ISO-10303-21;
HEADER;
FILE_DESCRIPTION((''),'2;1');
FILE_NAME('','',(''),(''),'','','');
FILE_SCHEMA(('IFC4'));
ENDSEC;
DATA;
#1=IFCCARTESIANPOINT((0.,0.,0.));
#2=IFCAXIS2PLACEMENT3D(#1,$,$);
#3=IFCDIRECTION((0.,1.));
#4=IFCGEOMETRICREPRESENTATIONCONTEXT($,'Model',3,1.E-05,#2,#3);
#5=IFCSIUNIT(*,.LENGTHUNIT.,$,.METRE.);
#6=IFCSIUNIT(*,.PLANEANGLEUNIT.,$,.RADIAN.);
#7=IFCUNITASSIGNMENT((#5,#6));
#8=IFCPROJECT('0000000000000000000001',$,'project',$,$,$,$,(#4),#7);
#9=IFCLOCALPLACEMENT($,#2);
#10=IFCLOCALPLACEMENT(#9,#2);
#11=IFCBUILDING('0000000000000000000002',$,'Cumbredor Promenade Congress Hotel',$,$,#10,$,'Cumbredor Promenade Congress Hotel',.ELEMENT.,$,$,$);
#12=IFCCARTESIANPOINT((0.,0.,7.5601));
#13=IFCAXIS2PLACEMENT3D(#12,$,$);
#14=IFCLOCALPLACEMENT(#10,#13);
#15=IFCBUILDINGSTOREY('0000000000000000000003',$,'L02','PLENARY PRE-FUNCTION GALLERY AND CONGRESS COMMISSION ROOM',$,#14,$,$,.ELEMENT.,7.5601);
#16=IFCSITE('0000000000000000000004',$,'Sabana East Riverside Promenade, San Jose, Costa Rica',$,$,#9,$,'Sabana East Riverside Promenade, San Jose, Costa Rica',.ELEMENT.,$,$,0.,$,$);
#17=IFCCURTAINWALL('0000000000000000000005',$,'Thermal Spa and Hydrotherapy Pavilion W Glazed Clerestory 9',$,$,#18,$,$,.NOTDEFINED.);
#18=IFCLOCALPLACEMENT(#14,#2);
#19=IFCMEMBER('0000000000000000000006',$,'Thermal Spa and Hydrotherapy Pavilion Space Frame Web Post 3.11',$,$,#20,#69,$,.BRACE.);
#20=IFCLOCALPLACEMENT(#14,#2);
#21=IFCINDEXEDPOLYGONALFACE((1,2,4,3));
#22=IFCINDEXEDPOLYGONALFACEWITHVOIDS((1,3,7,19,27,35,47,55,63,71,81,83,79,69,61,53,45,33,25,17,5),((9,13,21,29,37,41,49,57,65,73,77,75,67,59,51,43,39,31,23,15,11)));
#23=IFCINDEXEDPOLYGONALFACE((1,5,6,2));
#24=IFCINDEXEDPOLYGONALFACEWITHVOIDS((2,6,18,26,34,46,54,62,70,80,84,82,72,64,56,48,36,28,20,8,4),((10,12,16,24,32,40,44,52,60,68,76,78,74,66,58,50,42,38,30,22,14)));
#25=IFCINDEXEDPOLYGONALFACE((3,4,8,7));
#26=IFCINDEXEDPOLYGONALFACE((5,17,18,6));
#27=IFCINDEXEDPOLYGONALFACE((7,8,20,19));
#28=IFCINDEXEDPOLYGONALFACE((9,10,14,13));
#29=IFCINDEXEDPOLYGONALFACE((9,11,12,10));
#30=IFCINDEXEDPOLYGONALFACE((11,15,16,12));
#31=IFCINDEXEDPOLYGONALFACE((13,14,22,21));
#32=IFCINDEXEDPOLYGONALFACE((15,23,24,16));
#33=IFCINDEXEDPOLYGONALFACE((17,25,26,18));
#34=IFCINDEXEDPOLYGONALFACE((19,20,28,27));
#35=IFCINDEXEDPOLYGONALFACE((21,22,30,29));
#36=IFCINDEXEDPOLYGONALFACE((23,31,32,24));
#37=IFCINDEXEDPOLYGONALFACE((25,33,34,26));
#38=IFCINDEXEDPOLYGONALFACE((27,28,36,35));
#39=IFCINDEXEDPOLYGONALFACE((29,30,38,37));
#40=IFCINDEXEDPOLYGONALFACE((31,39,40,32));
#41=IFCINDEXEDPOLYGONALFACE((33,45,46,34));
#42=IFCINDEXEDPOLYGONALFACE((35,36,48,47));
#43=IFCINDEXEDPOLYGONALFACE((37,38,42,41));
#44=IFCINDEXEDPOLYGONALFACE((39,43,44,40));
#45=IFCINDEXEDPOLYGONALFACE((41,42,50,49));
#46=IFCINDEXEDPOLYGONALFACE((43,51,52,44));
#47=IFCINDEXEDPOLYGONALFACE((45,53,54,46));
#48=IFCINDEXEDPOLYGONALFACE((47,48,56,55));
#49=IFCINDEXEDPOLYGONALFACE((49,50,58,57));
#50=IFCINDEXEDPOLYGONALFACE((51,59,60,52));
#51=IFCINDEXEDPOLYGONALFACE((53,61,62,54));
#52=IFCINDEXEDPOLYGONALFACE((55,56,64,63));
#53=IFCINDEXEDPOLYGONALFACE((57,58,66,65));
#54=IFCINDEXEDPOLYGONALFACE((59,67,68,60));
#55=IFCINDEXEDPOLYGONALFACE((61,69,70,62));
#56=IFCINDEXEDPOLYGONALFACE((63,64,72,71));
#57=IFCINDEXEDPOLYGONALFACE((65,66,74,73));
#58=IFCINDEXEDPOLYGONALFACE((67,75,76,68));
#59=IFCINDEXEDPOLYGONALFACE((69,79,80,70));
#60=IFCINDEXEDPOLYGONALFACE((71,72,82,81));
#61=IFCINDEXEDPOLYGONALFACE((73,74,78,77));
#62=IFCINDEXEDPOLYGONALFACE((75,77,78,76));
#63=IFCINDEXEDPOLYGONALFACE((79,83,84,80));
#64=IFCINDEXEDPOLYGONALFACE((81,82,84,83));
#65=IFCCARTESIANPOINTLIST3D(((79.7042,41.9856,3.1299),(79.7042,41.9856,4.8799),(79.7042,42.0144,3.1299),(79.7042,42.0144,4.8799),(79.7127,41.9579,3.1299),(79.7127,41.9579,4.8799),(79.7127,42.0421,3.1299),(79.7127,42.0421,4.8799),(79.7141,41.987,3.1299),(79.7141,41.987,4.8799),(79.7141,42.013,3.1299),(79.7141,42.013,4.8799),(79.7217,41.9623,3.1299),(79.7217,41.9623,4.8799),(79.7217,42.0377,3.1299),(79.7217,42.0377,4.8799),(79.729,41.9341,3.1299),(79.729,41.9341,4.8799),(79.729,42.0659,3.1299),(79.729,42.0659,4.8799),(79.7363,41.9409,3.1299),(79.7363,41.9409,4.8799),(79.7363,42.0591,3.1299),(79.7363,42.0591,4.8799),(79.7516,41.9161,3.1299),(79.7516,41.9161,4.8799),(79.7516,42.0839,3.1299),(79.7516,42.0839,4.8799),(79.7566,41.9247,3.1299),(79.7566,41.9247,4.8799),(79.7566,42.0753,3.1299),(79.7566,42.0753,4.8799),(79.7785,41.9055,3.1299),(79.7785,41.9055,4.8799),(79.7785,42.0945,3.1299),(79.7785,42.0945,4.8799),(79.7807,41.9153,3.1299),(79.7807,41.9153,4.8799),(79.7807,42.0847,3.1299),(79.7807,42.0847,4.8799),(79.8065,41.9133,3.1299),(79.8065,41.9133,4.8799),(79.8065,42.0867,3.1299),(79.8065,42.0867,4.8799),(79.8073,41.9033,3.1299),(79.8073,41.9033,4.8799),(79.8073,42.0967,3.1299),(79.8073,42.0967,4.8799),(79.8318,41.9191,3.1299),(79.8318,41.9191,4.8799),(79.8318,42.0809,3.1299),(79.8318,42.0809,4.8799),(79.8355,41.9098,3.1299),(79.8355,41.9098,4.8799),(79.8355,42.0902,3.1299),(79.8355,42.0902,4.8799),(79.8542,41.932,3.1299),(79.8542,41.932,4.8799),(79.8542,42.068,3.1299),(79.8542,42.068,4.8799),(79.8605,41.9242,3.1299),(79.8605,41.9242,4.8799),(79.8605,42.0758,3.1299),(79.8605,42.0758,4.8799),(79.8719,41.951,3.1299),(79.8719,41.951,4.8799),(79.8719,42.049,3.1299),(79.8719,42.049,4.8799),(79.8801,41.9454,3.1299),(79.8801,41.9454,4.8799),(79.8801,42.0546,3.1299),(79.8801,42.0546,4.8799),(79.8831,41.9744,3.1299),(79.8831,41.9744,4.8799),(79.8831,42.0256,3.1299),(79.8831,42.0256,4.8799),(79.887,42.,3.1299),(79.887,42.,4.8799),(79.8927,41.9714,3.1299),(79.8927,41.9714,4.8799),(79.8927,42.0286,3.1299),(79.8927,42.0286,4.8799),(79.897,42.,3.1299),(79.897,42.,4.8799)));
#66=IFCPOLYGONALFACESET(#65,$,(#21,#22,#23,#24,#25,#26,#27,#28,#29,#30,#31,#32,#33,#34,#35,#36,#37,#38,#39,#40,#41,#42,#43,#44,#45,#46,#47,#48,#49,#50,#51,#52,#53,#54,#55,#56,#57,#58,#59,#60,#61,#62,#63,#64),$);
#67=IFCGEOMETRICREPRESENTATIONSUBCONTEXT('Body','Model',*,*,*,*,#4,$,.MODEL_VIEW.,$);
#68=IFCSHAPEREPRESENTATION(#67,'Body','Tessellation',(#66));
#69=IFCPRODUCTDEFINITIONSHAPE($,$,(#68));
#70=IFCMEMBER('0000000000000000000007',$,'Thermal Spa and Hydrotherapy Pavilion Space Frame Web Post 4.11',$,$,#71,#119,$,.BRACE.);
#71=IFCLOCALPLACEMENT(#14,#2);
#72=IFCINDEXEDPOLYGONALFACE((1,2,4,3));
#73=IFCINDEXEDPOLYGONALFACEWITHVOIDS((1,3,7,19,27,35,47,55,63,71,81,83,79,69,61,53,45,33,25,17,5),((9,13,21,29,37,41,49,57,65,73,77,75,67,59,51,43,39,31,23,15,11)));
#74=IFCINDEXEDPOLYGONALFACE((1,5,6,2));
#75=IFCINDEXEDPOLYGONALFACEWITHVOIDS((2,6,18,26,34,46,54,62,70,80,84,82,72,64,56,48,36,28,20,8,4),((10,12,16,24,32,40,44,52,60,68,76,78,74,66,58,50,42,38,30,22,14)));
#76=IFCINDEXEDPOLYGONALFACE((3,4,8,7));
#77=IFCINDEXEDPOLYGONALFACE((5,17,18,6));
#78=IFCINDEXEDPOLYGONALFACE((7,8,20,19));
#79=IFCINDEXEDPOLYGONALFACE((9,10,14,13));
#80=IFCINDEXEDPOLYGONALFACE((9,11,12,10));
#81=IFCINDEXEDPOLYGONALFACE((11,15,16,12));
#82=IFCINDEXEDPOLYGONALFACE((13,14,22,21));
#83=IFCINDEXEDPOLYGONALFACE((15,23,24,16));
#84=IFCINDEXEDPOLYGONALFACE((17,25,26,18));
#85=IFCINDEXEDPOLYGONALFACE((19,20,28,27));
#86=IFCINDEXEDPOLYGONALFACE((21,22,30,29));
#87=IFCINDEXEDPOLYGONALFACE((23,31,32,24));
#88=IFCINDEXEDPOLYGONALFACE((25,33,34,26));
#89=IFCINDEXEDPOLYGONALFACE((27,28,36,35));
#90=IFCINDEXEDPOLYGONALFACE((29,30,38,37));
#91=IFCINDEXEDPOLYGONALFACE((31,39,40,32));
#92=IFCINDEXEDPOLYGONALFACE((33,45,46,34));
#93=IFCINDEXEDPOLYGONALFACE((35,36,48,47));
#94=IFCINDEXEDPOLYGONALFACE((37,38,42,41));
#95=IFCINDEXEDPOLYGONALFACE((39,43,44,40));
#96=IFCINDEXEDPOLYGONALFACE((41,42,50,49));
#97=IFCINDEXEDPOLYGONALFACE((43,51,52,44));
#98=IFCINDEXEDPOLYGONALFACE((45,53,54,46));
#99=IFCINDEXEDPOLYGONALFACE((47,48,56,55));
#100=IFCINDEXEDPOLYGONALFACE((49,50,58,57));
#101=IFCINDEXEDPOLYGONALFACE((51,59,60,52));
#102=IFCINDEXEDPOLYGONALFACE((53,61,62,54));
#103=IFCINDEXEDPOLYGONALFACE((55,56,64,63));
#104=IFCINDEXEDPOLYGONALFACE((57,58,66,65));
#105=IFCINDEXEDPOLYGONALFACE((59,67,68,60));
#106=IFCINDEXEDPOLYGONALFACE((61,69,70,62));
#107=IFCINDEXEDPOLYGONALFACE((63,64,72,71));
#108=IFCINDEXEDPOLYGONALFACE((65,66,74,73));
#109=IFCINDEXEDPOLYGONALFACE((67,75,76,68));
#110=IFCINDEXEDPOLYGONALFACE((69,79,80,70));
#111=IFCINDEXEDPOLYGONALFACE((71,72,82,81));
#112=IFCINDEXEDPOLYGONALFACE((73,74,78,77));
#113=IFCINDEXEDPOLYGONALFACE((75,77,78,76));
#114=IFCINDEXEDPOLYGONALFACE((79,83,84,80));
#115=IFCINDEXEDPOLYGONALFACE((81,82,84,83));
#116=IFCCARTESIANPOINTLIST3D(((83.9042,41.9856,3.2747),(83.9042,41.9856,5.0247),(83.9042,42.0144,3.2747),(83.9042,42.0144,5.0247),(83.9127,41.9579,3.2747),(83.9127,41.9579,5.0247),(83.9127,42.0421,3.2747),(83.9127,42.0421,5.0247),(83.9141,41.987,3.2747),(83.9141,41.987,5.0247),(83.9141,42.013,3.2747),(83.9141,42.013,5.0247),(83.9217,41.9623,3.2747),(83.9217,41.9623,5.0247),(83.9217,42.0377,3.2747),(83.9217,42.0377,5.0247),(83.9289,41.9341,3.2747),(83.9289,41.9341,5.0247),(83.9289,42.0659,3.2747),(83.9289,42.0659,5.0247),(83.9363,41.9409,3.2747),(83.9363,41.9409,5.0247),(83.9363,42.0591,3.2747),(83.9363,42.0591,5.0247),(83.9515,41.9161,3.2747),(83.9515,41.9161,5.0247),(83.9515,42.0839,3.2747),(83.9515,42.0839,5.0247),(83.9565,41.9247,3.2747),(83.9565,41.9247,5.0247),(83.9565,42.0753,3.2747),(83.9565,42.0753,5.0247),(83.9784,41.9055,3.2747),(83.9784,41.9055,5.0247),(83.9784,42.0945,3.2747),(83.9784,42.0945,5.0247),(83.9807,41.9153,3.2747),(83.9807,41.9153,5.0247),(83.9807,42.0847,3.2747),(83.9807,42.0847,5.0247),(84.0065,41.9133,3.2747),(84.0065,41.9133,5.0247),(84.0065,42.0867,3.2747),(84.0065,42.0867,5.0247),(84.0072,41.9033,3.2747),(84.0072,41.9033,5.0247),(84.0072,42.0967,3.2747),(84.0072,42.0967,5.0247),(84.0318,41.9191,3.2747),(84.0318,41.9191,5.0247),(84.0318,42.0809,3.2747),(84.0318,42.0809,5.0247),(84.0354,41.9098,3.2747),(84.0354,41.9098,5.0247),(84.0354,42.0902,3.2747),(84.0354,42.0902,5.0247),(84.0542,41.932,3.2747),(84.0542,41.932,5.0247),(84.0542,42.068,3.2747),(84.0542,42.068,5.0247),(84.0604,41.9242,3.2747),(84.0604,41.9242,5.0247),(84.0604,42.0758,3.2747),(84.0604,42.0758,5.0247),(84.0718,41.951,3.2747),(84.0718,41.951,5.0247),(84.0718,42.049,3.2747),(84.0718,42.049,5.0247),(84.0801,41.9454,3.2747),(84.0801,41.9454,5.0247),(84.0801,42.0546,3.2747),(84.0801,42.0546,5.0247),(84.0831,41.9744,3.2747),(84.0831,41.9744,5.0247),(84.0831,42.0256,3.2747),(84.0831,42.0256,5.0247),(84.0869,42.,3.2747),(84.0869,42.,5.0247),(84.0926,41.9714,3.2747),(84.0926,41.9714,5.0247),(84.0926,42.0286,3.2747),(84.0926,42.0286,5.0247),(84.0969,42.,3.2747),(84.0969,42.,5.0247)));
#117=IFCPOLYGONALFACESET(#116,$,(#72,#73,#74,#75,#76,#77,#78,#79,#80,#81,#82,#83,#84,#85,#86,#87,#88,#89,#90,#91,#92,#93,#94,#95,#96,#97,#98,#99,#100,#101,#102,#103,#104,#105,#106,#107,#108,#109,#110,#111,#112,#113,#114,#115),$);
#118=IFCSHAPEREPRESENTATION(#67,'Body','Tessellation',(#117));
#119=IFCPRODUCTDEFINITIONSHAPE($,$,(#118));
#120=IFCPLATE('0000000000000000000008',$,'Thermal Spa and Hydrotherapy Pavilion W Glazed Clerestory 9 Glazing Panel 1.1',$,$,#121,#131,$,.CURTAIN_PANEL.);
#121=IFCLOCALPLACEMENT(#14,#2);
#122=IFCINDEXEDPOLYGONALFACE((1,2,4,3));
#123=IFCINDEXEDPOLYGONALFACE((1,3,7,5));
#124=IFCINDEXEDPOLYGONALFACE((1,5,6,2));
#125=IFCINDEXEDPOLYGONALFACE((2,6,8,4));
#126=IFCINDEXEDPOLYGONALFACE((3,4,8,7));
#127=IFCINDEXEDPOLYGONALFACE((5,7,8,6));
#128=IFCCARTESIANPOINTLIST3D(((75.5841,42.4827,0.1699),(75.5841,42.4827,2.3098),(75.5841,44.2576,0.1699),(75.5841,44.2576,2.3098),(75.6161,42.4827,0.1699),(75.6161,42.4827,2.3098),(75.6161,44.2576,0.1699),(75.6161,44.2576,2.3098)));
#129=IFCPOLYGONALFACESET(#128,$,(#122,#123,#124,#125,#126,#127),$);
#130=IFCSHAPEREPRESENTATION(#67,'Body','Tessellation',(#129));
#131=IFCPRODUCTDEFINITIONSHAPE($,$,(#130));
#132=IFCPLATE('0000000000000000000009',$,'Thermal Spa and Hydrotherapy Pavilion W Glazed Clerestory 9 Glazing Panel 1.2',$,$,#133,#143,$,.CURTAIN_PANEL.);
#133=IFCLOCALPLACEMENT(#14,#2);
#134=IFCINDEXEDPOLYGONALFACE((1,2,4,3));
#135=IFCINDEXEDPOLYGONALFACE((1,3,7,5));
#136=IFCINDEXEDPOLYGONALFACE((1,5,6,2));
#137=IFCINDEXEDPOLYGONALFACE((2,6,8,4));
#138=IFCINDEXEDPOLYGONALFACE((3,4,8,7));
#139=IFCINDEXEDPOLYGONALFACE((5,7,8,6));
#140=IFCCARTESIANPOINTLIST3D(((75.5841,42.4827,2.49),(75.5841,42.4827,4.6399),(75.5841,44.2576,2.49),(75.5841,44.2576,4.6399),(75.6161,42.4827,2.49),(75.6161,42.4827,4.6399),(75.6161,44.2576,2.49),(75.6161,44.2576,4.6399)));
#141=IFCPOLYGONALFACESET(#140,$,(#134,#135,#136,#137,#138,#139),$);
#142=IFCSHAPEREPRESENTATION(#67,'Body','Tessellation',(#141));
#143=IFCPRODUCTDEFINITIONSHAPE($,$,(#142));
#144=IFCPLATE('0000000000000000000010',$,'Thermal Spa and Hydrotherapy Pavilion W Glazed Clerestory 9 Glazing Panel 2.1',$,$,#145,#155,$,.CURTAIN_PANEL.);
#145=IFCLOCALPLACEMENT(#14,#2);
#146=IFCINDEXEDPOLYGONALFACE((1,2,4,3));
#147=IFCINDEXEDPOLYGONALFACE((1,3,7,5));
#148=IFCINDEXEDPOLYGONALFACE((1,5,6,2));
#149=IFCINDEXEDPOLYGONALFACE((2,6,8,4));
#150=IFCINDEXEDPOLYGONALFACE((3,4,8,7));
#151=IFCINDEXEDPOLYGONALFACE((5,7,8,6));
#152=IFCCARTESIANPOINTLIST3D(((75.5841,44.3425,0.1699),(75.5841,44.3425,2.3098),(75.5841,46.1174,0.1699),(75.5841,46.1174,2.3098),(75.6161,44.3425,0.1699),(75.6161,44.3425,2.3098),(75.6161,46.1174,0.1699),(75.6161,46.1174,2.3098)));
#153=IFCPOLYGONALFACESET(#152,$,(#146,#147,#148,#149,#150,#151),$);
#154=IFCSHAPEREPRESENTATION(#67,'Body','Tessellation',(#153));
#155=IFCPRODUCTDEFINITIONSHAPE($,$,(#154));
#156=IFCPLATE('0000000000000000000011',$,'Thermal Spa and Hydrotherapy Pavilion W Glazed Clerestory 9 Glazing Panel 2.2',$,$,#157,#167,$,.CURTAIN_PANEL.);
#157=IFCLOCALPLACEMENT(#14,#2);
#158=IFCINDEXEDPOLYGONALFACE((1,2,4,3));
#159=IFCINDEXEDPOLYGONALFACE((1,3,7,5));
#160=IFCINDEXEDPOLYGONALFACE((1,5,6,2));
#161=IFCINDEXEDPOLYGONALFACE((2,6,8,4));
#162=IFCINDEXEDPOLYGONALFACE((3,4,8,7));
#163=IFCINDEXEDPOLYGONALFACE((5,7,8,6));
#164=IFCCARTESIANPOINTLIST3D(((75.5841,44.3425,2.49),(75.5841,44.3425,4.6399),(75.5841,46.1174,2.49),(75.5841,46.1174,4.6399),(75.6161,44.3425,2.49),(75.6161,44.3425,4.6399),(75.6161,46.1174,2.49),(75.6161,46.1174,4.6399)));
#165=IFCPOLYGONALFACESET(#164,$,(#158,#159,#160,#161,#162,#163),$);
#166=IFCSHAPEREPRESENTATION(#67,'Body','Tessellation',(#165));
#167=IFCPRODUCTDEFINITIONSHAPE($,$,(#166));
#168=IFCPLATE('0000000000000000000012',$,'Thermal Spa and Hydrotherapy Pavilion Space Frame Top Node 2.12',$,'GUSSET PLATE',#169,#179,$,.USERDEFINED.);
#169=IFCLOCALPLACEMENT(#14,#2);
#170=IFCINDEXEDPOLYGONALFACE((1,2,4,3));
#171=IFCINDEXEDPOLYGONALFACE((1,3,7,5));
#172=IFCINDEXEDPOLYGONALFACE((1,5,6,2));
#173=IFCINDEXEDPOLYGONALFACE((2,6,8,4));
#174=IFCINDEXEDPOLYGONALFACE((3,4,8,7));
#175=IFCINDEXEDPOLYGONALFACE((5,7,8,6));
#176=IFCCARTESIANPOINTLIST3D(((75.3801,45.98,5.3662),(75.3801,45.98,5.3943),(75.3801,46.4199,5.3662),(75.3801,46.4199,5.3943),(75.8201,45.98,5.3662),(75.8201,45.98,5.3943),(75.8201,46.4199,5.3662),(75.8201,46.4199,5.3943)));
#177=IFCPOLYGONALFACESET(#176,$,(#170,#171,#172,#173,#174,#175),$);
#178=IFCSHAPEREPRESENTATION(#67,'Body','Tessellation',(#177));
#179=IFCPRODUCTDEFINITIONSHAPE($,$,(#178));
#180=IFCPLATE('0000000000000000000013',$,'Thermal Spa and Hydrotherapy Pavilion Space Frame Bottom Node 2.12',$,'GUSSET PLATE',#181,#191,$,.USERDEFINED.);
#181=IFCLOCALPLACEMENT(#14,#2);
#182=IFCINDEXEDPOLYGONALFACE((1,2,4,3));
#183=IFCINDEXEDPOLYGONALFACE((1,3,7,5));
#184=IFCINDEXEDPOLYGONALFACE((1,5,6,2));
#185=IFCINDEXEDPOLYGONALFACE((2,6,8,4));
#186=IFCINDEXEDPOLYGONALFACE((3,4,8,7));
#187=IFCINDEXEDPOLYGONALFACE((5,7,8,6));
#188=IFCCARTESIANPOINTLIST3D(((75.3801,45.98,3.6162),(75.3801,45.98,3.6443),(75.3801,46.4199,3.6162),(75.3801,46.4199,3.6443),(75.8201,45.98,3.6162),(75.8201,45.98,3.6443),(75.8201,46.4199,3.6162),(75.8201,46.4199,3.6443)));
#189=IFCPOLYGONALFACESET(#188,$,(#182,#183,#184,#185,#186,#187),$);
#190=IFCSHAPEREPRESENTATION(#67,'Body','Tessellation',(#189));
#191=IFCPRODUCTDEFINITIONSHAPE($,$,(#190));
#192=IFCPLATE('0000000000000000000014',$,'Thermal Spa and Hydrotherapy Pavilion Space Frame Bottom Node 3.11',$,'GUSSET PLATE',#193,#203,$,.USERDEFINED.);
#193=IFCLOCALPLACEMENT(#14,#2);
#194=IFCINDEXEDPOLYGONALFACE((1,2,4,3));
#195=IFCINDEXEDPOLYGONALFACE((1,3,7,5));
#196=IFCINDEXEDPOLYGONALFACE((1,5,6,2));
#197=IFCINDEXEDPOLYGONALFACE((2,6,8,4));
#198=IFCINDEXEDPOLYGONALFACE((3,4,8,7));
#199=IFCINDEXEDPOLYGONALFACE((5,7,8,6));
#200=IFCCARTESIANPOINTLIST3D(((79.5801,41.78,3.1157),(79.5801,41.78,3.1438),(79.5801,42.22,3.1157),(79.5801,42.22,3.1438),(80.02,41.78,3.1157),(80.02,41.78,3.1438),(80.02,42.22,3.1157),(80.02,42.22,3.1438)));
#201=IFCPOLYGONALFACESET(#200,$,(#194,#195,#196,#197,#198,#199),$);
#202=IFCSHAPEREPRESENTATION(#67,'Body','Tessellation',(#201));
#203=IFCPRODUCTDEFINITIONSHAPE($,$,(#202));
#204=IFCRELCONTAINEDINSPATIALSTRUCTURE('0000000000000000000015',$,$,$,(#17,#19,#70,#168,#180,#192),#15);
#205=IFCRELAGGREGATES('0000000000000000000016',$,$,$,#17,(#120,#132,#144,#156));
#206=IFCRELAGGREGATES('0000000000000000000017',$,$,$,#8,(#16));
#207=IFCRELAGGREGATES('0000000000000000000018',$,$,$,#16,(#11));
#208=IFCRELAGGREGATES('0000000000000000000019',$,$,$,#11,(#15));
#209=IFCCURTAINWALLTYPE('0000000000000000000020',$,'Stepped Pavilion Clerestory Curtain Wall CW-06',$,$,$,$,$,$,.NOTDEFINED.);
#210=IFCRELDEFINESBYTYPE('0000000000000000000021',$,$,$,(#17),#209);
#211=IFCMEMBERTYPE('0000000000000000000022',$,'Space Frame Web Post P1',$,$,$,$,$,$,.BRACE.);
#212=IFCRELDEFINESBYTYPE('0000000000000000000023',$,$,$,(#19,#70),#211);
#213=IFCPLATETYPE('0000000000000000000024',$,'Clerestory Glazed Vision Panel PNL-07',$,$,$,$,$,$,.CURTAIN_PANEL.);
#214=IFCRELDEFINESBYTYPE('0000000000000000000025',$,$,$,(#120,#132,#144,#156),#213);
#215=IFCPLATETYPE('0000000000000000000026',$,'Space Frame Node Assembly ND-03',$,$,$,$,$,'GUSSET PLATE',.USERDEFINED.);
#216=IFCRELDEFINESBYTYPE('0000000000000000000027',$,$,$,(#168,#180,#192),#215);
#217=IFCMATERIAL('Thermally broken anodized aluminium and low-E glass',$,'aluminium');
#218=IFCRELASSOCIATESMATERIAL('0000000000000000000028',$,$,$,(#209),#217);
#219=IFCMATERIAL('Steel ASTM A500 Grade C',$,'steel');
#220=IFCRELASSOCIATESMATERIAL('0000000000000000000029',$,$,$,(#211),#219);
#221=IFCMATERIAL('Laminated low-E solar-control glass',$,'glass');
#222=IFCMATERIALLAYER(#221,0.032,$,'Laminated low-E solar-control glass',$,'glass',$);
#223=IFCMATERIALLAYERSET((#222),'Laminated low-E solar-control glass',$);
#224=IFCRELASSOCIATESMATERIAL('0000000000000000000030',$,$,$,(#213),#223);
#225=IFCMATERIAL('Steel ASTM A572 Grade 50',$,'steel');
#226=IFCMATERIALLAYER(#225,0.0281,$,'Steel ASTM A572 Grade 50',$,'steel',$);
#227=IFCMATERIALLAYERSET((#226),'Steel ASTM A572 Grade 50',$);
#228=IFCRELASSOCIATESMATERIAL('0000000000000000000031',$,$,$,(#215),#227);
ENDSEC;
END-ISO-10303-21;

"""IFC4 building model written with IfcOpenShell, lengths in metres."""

from ifc_helpers import new_model, si_unit, direction, frame, origin, origin_2d, place, context, subcontext, project, spatial, rectangle, hollow_circle, extrude, material, layer, layer_set, material_profile, profile_set, type_object, element, aggregate, save


model = new_model("IFC4")

# Units and contexts
model_context = context("Model", 3, precision=1e-05, world=origin(), true_north=direction((0.0, 1.0)))
body_context = subcontext(model_context, "Body", "Model", "MODEL_VIEW")
ifc_project = project(units=[si_unit("LENGTHUNIT", "METRE"), si_unit("PLANEANGLEUNIT", "RADIAN")], contexts=[model_context])

# Site, building, storey
site_placement = place(None, origin())
site = spatial("IfcSite", under=ifc_project, at=site_placement, Name="Sabana East Riverside Promenade, San Jose, Costa Rica", LongName="Sabana East Riverside Promenade, San Jose, Costa Rica", CompositionType="ELEMENT", RefElevation=0.0)
building_placement = place(site_placement, origin())
building = spatial("IfcBuilding", under=site, at=building_placement, Name="Cumbredor Promenade Congress Hotel", LongName="Cumbredor Promenade Congress Hotel", CompositionType="ELEMENT")
storey_placement = place(building_placement, frame((0.0, 0.0, 7.5601)))
storey = spatial("IfcBuildingStorey", under=building, at=storey_placement, Name="L02", Description="PLENARY PRE-FUNCTION GALLERY AND CONGRESS COMMISSION ROOM", CompositionType="ELEMENT", Elevation=7.5601)

# Curtain wall
ifc_material_1 = material(Name="Thermally broken anodized aluminium and low-E glass", Category="aluminium")
curtain_wall_type = type_object("IfcCurtainWallType", Name="Stepped Pavilion Clerestory Curtain Wall CW-06", PredefinedType="NOTDEFINED", material=ifc_material_1)
curtain_wall_placement = place(storey_placement, origin())
curtain_wall = element("IfcCurtainWall", 1, at=curtain_wall_placement, inside=storey, type_object=curtain_wall_type, Name="Thermal Spa and Hydrotherapy Pavilion W Glazed Clerestory 9", PredefinedType="NOTDEFINED")

# Members
ifc_material_2 = material(Name="Steel ASTM A500 Grade C", Category="steel")
ifc_material_profile_1 = material_profile(ifc_material_2, hollow_circle(Radius=0.0969, WallThickness=0.01, at=origin_2d()), Name="CHS 193.7x10")
ifc_profile_set_1 = profile_set([ifc_material_profile_1], Name="Steel ASTM A500 Grade C")
member_type_1 = type_object("IfcMemberType", Name="Space Frame Web Post P1", PredefinedType="BRACE", material=ifc_profile_set_1)
for number, where, z_axis, x_axis, name in (
    (2, (79.8, 42.0, 3.1299), (0.0, 0.0, 1.0), (1.0, 0.0, 0.0), "Thermal Spa and Hydrotherapy Pavilion Space Frame Web Post 3.11"),
    (3, (84.0, 42.0, 3.2747), (0.0, 0.0, 1.0), (1.0, 0.0, 0.0), "Thermal Spa and Hydrotherapy Pavilion Space Frame Web Post 4.11"),
):
    element("IfcMember", number, at=place(storey_placement, frame(where, z_axis=z_axis, x_axis=x_axis)), inside=storey, type_object=member_type_1, Name=name, PredefinedType="BRACE", context=body_context, shape_type="SweptSolid", body=[
        extrude(hollow_circle(Radius=0.0969, WallThickness=0.01, at=origin_2d()), origin(), (0.0, 0.0, 1.0), 1.75),
    ])

# Plates
ifc_material_3 = material(Name="Laminated low-E solar-control glass", Category="glass")
ifc_layer_1 = layer(ifc_material_3, 0.032, Name="Laminated low-E solar-control glass", Category="glass")
ifc_layer_set_1 = layer_set([ifc_layer_1], Name="Laminated low-E solar-control glass")
plate_type_1 = type_object("IfcPlateType", Name="Clerestory Glazed Vision Panel PNL-07", PredefinedType="CURTAIN_PANEL", material=ifc_layer_set_1)
plate_1_placement = place(storey_placement, frame((75.6001, 43.3701, 0.1699), z_axis=(0.0, 0.0, 1.0), x_axis=(0.0, 1.0, 0.0)))
plate_1 = element("IfcPlate", 4, at=plate_1_placement, type_object=plate_type_1, Name="Thermal Spa and Hydrotherapy Pavilion W Glazed Clerestory 9 Glazing Panel 1.1", PredefinedType="CURTAIN_PANEL", context=body_context, shape_type="SweptSolid", body=[
    extrude(rectangle(XDim=1.7749, YDim=0.032, at=origin_2d()), origin(), (0.0, 0.0, 1.0), 2.1399),
])
plate_2_placement = place(storey_placement, frame((75.6001, 43.3701, 2.49), z_axis=(0.0, 0.0, 1.0), x_axis=(0.0, 1.0, 0.0)))
plate_2 = element("IfcPlate", 5, at=plate_2_placement, type_object=plate_type_1, Name="Thermal Spa and Hydrotherapy Pavilion W Glazed Clerestory 9 Glazing Panel 1.2", PredefinedType="CURTAIN_PANEL", context=body_context, shape_type="SweptSolid", body=[
    extrude(rectangle(XDim=1.7749, YDim=0.032, at=origin_2d()), origin(), (0.0, 0.0, 1.0), 2.1499),
])
plate_3_placement = place(storey_placement, frame((75.6001, 45.23, 0.1699), z_axis=(0.0, 0.0, 1.0), x_axis=(0.0, 1.0, 0.0)))
plate_3 = element("IfcPlate", 6, at=plate_3_placement, type_object=plate_type_1, Name="Thermal Spa and Hydrotherapy Pavilion W Glazed Clerestory 9 Glazing Panel 2.1", PredefinedType="CURTAIN_PANEL", context=body_context, shape_type="SweptSolid", body=[
    extrude(rectangle(XDim=1.7749, YDim=0.032, at=origin_2d()), origin(), (0.0, 0.0, 1.0), 2.1399),
])
plate_4_placement = place(storey_placement, frame((75.6001, 45.23, 2.49), z_axis=(0.0, 0.0, 1.0), x_axis=(0.0, 1.0, 0.0)))
plate_4 = element("IfcPlate", 7, at=plate_4_placement, type_object=plate_type_1, Name="Thermal Spa and Hydrotherapy Pavilion W Glazed Clerestory 9 Glazing Panel 2.2", PredefinedType="CURTAIN_PANEL", context=body_context, shape_type="SweptSolid", body=[
    extrude(rectangle(XDim=1.7749, YDim=0.032, at=origin_2d()), origin(), (0.0, 0.0, 1.0), 2.1499),
])
aggregate(curtain_wall, [plate_1, plate_2, plate_3, plate_4])

# Plates
ifc_material_4 = material(Name="Steel ASTM A572 Grade 50", Category="steel")
ifc_layer_2 = layer(ifc_material_4, 0.0281, Name="Steel ASTM A572 Grade 50", Category="steel")
ifc_layer_set_2 = layer_set([ifc_layer_2], Name="Steel ASTM A572 Grade 50")
plate_type_2 = type_object("IfcPlateType", Name="Space Frame Node Assembly ND-03", ElementType="GUSSET PLATE", PredefinedType="USERDEFINED", material=ifc_layer_set_2)
for number, where, z_axis, x_axis, name in (
    (8, (75.6001, 46.2, 5.3662), (0.0, 0.0, 1.0), (1.0, 0.0, 0.0), "Thermal Spa and Hydrotherapy Pavilion Space Frame Top Node 2.12"),
    (9, (75.6001, 46.2, 3.6162), (0.0, 0.0, 1.0), (1.0, 0.0, 0.0), "Thermal Spa and Hydrotherapy Pavilion Space Frame Bottom Node 2.12"),
    (10, (79.8, 42.0, 3.1157), (0.0, 0.0, 1.0), (1.0, 0.0, 0.0), "Thermal Spa and Hydrotherapy Pavilion Space Frame Bottom Node 3.11"),
):
    element("IfcPlate", number, at=place(storey_placement, frame(where, z_axis=z_axis, x_axis=x_axis)), inside=storey, type_object=plate_type_2, Name=name, ObjectType="GUSSET PLATE", PredefinedType="USERDEFINED", context=body_context, shape_type="SweptSolid", body=[
        extrude(rectangle(XDim=0.4399, YDim=0.4399, at=origin_2d()), origin(), (0.0, 0.0, 1.0), 0.0281),
    ])

save(model, "model.ifc")
